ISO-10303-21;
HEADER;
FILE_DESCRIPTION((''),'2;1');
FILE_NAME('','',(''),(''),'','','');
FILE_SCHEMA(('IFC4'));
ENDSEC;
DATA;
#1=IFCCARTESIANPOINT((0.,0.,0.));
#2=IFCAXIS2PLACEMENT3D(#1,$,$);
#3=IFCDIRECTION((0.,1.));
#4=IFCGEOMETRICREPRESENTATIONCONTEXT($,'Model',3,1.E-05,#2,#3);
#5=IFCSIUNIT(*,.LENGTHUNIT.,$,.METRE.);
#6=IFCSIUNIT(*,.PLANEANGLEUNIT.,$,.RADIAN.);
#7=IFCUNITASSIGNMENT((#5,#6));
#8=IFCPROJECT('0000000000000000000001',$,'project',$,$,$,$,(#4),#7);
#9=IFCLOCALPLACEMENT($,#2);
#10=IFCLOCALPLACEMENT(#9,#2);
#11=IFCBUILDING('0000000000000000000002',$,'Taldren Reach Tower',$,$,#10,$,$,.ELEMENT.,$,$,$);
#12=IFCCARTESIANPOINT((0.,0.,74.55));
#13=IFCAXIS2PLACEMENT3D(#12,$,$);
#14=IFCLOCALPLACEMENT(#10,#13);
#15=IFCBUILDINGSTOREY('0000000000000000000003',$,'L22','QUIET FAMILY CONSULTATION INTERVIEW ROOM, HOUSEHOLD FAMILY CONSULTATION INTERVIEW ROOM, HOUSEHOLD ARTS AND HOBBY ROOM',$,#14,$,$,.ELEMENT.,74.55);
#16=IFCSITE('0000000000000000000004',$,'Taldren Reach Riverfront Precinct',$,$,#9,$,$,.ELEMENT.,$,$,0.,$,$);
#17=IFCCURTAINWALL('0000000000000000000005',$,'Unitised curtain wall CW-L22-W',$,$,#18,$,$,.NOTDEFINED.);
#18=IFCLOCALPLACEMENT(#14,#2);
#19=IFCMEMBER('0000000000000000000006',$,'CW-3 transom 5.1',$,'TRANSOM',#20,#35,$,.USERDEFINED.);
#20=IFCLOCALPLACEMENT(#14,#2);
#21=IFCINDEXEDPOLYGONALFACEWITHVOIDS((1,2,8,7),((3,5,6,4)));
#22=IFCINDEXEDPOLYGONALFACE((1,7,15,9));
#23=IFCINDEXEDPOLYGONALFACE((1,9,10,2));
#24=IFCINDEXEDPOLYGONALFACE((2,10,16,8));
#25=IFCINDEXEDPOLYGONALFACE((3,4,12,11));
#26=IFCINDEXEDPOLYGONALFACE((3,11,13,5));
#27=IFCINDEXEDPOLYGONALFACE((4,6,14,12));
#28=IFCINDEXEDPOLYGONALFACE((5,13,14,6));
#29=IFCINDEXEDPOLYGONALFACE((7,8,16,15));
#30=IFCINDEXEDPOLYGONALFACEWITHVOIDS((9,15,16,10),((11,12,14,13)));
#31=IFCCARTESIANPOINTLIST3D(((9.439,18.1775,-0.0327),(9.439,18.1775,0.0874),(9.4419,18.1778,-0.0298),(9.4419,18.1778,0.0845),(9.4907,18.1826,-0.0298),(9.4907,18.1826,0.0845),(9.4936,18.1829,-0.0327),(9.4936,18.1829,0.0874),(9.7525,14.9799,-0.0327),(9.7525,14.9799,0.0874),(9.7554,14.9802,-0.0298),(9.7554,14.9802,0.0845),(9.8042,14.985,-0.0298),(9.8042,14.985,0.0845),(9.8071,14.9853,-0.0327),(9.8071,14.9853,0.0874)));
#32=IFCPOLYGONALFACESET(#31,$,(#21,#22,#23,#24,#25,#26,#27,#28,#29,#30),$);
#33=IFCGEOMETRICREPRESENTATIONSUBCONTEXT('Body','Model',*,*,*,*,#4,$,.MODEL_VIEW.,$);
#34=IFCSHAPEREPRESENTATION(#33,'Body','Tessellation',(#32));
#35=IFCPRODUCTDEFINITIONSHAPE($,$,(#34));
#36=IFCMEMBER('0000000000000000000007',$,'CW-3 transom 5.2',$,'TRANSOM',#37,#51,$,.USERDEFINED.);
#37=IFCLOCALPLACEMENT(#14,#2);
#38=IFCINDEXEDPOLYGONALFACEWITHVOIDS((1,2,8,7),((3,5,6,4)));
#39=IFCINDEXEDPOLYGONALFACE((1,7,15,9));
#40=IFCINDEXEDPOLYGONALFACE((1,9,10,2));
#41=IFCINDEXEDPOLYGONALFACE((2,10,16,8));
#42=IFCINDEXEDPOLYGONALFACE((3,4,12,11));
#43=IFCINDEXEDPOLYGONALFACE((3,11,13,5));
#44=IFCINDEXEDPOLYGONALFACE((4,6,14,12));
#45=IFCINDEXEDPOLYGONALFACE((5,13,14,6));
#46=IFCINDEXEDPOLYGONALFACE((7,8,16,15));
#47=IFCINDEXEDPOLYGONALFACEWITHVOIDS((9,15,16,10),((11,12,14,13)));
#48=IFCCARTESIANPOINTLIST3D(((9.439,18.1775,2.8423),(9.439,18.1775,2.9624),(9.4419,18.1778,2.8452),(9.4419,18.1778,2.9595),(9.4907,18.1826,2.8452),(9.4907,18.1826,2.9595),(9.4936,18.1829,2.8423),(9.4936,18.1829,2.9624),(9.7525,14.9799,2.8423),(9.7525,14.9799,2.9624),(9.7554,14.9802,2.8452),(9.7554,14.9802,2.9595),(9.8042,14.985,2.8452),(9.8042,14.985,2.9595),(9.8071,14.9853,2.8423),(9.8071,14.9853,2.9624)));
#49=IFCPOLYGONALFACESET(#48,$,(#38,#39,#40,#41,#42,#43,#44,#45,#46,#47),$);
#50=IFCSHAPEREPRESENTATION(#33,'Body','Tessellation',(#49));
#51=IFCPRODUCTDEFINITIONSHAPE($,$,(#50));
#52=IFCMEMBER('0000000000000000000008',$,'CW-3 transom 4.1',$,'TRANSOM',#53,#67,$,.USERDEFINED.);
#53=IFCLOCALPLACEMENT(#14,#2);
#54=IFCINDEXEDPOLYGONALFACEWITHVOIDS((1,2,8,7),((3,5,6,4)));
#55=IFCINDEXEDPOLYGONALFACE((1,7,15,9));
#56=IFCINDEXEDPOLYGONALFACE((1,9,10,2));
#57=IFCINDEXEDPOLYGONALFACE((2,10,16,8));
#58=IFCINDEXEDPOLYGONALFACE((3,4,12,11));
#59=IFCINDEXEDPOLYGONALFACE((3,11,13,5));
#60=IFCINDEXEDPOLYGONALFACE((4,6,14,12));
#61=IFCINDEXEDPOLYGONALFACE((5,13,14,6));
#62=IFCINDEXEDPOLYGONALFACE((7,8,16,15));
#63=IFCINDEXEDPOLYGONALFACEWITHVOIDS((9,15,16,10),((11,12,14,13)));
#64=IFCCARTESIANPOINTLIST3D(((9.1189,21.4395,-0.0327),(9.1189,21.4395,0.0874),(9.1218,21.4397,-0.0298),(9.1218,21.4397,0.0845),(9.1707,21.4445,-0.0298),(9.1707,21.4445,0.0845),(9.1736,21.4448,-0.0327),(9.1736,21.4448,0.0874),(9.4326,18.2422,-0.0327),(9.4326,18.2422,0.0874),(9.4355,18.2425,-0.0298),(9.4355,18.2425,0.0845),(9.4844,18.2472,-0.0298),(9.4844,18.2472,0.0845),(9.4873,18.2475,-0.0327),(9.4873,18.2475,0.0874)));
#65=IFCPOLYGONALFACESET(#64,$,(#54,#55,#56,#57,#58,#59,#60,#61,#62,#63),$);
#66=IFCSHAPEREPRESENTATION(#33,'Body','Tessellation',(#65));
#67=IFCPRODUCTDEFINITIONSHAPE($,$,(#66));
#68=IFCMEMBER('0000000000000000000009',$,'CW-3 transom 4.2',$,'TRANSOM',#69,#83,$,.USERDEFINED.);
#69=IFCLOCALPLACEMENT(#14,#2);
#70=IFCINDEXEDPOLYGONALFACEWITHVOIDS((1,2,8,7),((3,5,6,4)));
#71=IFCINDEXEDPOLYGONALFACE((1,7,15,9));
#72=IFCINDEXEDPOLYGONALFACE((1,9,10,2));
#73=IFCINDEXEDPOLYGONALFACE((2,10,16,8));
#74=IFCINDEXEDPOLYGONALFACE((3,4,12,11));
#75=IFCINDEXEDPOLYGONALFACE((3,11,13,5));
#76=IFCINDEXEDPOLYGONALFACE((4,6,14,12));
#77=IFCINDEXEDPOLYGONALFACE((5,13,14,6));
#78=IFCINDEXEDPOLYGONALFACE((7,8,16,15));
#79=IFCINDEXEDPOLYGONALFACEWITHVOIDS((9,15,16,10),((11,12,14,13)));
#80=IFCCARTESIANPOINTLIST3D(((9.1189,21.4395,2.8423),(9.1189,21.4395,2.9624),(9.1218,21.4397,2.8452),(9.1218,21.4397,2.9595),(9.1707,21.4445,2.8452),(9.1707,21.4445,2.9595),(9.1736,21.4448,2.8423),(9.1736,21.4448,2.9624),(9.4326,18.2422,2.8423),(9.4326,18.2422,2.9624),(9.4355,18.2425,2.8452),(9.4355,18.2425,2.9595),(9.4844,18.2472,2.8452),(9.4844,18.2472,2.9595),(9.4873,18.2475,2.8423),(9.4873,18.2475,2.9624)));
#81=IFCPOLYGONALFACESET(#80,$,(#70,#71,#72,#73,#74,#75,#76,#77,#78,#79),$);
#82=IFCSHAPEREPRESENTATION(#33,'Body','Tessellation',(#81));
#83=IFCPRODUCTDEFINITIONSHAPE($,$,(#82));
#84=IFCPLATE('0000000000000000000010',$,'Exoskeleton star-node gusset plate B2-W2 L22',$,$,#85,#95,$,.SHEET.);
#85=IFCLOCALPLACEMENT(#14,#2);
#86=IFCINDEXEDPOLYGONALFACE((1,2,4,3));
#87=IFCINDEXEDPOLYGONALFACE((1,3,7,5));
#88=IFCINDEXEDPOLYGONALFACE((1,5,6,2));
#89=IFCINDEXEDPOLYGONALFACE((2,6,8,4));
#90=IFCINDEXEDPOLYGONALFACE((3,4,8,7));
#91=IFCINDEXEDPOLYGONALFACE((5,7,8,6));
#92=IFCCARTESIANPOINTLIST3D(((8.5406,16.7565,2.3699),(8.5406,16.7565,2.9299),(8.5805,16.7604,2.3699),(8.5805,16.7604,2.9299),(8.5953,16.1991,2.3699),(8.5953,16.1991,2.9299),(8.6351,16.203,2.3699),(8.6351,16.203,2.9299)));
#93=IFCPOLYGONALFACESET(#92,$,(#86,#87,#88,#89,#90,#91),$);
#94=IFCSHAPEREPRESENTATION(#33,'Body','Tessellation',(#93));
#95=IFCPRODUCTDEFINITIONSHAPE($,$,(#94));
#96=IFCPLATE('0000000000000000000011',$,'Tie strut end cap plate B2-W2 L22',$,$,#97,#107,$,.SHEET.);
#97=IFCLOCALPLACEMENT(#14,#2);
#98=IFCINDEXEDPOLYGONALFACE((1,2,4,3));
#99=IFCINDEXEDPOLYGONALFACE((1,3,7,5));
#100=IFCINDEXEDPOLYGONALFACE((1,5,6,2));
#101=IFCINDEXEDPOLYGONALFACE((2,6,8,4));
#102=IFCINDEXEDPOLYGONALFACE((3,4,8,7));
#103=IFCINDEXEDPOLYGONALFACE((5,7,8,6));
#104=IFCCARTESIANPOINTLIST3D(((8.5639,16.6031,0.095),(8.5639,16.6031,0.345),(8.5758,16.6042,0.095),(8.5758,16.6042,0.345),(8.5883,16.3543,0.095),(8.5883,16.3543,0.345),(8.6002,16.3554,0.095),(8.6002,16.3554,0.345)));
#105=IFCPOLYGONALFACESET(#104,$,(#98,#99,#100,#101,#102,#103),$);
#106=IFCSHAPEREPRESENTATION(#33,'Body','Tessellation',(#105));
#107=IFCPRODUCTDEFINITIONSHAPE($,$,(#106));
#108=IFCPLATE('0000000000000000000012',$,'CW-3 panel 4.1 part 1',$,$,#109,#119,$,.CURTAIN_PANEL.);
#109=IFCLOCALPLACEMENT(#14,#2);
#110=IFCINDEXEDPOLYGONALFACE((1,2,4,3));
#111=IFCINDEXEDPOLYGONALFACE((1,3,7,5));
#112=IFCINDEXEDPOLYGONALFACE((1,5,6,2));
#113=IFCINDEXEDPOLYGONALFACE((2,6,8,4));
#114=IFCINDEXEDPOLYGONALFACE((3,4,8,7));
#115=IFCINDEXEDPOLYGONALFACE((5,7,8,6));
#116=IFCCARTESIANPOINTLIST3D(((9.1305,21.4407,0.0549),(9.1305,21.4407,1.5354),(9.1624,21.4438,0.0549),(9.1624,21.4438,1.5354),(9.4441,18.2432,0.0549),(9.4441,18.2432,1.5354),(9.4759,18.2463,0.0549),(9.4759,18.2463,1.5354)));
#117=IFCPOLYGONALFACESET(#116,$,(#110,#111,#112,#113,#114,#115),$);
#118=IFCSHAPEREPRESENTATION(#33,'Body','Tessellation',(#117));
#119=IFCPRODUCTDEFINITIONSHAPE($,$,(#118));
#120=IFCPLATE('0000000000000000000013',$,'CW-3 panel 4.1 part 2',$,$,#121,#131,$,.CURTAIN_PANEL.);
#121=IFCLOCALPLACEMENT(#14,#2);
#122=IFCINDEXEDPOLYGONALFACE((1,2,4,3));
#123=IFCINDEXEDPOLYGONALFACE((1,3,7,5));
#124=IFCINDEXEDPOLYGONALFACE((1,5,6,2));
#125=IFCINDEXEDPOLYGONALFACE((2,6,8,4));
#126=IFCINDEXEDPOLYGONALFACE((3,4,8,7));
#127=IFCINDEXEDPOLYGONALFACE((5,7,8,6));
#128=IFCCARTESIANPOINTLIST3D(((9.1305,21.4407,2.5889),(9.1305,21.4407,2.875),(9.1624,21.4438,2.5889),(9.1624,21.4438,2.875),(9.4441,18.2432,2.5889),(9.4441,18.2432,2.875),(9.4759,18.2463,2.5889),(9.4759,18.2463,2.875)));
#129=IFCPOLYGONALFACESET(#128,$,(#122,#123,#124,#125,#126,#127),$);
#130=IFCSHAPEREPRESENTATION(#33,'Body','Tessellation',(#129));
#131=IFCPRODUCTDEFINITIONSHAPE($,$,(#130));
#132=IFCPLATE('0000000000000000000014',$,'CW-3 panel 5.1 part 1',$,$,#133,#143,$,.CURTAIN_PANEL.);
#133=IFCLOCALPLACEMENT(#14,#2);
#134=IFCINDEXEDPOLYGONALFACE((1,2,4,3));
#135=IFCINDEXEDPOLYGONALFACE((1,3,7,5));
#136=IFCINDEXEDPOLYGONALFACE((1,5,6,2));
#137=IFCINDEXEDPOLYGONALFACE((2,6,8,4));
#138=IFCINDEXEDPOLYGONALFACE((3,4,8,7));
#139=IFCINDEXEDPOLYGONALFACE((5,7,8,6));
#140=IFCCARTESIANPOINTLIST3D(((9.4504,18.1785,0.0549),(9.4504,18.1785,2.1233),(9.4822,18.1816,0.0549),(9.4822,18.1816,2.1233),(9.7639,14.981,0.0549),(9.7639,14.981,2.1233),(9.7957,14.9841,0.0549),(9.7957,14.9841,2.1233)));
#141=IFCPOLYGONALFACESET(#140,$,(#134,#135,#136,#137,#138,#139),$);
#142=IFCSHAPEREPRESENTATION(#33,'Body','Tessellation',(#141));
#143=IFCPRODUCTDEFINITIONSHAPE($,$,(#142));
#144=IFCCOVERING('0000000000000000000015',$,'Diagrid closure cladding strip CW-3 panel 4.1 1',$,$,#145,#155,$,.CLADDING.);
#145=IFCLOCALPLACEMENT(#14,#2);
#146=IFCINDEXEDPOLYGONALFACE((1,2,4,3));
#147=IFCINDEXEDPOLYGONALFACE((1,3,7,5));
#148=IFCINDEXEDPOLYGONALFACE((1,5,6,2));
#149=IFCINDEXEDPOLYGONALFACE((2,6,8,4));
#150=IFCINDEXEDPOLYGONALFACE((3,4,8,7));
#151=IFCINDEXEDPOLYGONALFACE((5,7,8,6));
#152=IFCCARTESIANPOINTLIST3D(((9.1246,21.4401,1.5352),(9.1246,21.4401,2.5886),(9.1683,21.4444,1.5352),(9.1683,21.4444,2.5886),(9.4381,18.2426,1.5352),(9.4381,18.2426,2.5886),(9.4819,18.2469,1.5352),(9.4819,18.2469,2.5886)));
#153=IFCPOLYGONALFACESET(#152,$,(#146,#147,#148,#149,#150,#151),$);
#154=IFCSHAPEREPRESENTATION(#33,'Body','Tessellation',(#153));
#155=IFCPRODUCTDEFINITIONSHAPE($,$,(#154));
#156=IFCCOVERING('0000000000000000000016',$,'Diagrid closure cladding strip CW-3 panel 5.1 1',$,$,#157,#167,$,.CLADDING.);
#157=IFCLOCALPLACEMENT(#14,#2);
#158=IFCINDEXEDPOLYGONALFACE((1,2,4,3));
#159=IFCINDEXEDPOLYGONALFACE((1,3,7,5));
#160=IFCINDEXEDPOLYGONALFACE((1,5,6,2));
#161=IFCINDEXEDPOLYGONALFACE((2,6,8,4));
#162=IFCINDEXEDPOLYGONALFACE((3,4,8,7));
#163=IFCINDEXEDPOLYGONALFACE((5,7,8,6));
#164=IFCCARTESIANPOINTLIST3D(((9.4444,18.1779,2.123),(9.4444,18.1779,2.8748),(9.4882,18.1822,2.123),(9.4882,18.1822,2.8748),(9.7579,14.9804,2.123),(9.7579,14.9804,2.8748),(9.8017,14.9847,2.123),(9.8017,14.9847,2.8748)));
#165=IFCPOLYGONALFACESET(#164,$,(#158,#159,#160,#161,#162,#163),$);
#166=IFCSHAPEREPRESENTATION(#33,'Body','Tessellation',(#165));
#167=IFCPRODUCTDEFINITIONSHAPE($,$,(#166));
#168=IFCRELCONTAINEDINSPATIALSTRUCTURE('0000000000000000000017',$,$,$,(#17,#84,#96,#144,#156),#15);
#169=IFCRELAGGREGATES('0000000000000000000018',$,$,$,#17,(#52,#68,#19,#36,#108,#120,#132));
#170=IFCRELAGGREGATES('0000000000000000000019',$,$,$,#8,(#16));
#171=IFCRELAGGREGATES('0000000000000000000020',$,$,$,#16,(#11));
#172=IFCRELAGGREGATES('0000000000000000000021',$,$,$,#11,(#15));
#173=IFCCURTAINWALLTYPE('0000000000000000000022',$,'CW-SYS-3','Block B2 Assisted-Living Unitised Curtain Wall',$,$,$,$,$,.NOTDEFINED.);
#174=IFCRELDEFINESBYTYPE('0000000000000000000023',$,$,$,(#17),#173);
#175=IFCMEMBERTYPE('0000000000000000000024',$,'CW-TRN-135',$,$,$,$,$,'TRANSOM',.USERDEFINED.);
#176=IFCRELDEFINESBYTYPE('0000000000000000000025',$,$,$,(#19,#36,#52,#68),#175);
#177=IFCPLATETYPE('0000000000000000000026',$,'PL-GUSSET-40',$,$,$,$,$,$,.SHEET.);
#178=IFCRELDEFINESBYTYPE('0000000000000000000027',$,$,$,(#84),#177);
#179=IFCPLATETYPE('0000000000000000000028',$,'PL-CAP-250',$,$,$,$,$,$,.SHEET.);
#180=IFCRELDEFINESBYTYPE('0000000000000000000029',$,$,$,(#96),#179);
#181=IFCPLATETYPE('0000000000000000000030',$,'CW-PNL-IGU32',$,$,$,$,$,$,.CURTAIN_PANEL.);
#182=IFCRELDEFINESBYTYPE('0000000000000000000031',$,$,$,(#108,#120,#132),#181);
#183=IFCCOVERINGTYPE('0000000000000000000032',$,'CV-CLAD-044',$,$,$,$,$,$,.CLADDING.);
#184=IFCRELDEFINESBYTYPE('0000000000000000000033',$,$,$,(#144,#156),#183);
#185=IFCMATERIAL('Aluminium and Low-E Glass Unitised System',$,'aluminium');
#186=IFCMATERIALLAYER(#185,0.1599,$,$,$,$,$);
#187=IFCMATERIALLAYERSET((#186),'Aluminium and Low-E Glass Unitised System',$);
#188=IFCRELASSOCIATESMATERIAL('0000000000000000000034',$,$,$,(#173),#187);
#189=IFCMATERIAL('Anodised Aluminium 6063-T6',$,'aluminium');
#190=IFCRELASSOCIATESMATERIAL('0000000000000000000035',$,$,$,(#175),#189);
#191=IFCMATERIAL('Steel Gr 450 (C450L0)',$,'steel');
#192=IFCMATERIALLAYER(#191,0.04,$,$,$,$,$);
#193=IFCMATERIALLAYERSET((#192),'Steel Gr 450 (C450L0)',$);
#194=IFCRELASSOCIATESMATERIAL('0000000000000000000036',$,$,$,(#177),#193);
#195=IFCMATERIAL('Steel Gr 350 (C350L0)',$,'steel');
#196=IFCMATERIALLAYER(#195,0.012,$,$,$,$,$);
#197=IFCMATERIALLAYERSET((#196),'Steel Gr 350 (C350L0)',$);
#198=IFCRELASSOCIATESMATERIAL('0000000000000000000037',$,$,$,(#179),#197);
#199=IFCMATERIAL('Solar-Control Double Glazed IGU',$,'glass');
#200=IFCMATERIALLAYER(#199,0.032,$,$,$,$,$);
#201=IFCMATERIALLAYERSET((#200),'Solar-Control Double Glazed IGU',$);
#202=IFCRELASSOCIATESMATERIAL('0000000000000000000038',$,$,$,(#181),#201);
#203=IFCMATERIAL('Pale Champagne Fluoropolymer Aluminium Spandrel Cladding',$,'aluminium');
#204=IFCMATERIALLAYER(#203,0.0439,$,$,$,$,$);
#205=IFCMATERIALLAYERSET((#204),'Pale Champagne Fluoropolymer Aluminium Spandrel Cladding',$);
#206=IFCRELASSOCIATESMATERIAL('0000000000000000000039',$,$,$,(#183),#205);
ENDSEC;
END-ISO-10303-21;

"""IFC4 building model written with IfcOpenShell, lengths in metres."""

from ifc_helpers import new_model, si_unit, direction, frame, origin, origin_2d, place, context, subcontext, project, spatial, rectangle, hollow_rectangle, extrude, source, transform, mapped, material, layer, layer_set, material_profile, profile_set, type_object, element, aggregate, save


model = new_model("IFC4")

# Units and contexts
model_context = context("Model", 3, precision=1e-05, world=origin(), true_north=direction((0.0, 1.0)))
body_context = subcontext(model_context, "Body", "Model", "MODEL_VIEW")
ifc_project = project(units=[si_unit("LENGTHUNIT", "METRE"), si_unit("PLANEANGLEUNIT", "RADIAN")], contexts=[model_context])

# Site, building, storey
site_placement = place(None, origin())
site = spatial("IfcSite", under=ifc_project, at=site_placement, Name="Taldren Reach Riverfront Precinct", CompositionType="ELEMENT", RefElevation=0.0)
building_placement = place(site_placement, origin())
building = spatial("IfcBuilding", under=site, at=building_placement, Name="Taldren Reach Tower", CompositionType="ELEMENT")
storey_placement = place(building_placement, frame((0.0, 0.0, 74.55)))
storey = spatial("IfcBuildingStorey", under=building, at=storey_placement, Name="L22", Description="QUIET FAMILY CONSULTATION INTERVIEW ROOM, HOUSEHOLD FAMILY CONSULTATION INTERVIEW ROOM, HOUSEHOLD ARTS AND HOBBY ROOM", CompositionType="ELEMENT", Elevation=74.55)

# Shared definitions
ifc_material_1 = material(Name="Steel Gr 450 (C450L0)", Category="steel")
ifc_material_2 = material(Name="Steel Gr 350 (C350L0)", Category="steel")

# Curtain wall, members
ifc_material_3 = material(Name="Aluminium and Low-E Glass Unitised System", Category="aluminium")
ifc_layer_1 = layer(ifc_material_3, 0.1599)
ifc_layer_set_1 = layer_set([ifc_layer_1], Name="Aluminium and Low-E Glass Unitised System")
curtain_wall_type = type_object("IfcCurtainWallType", Name="CW-SYS-3", Description="Block B2 Assisted-Living Unitised Curtain Wall", PredefinedType="NOTDEFINED", material=ifc_layer_set_1)
curtain_wall_placement = place(storey_placement, origin())
curtain_wall = element("IfcCurtainWall", 1, at=curtain_wall_placement, inside=storey, type_object=curtain_wall_type, Name="Unitised curtain wall CW-L22-W", PredefinedType="NOTDEFINED")
ifc_material_4 = material(Name="Anodised Aluminium 6063-T6", Category="aluminium")
ifc_material_profile_1 = material_profile(ifc_material_4, hollow_rectangle(XDim=0.0549, YDim=0.1201, WallThickness=0.0029, at=origin_2d()), Name="ALU-120x55x3RHS")
ifc_profile_set_1 = profile_set([ifc_material_profile_1], Name="Anodised Aluminium 6063-T6")
member_type_1 = type_object("IfcMemberType", Name="CW-TRN-135", ElementType="TRANSOM", PredefinedType="USERDEFINED", material=ifc_profile_set_1)
shared_shape_1 = source(origin(), body_context, "Body", "SweptSolid", [
    extrude(hollow_rectangle(XDim=0.0549, YDim=0.1201, WallThickness=0.0029, at=origin_2d()), origin(), (0.0, 0.0, 1.0), 3.2129),
])
member_1_placement = place(storey_placement, frame((9.4663, 18.1802, 0.0273), z_axis=(0.09757, -0.995229, 0.0), x_axis=(0.995229, 0.09757, 0.0)))
member_1 = element("IfcMember", 2, at=member_1_placement, type_object=member_type_1, Name="CW-3 transom 5.1", ObjectType="TRANSOM", PredefinedType="USERDEFINED", context=body_context, shape_type="MappedRepresentation", body=[
    mapped(shared_shape_1, transform((0.0, 0.0, 0.0), scale=1.0)),
])
member_2_placement = place(storey_placement, frame((9.4663, 18.1802, 2.9023), z_axis=(0.09757, -0.995229, 0.0), x_axis=(0.995229, 0.09757, 0.0)))
member_2 = element("IfcMember", 3, at=member_2_placement, type_object=member_type_1, Name="CW-3 transom 5.2", ObjectType="TRANSOM", PredefinedType="USERDEFINED", context=body_context, shape_type="MappedRepresentation", body=[
    mapped(shared_shape_1, transform((0.0, 0.0, 0.0), scale=1.0)),
])
shared_shape_2 = source(origin(), body_context, "Body", "SweptSolid", [
    extrude(hollow_rectangle(XDim=0.0549, YDim=0.1201, WallThickness=0.0029, at=origin_2d()), origin(), (0.0, 0.0, 1.0), 3.2126),
])
member_3_placement = place(storey_placement, frame((9.1462, 21.4421, 0.0273), z_axis=(0.097653, -0.995221, 0.0), x_axis=(0.995221, 0.097653, 0.0)))
member_3 = element("IfcMember", 4, at=member_3_placement, type_object=member_type_1, Name="CW-3 transom 4.1", ObjectType="TRANSOM", PredefinedType="USERDEFINED", context=body_context, shape_type="MappedRepresentation", body=[
    mapped(shared_shape_2, transform((0.0, 0.0, 0.0), scale=1.0)),
])
member_4_placement = place(storey_placement, frame((9.1462, 21.4421, 2.9023), z_axis=(0.097653, -0.995221, 0.0), x_axis=(0.995221, 0.097653, 0.0)))
member_4 = element("IfcMember", 5, at=member_4_placement, type_object=member_type_1, Name="CW-3 transom 4.2", ObjectType="TRANSOM", PredefinedType="USERDEFINED", context=body_context, shape_type="MappedRepresentation", body=[
    mapped(shared_shape_2, transform((0.0, 0.0, 0.0), scale=1.0)),
])

# Plates
ifc_layer_2 = layer(ifc_material_1, 0.04)
ifc_layer_set_2 = layer_set([ifc_layer_2], Name="Steel Gr 450 (C450L0)")
plate_type_1 = type_object("IfcPlateType", Name="PL-GUSSET-40", PredefinedType="SHEET", material=ifc_layer_set_2)
shared_shape_3 = source(origin(), body_context, "Body", "SweptSolid", [
    extrude(rectangle(XDim=0.5601, YDim=0.04, at=origin_2d()), origin(), (0.0, 0.0, 1.0), 0.5601),
])
plate_1_placement = place(storey_placement, frame((8.5879, 16.4797, 2.3699), z_axis=(0.0, 0.0, 1.0), x_axis=(-0.097583, 0.995227, 0.0)))
element("IfcPlate", 6, at=plate_1_placement, inside=storey, type_object=plate_type_1, Name="Exoskeleton star-node gusset plate B2-W2 L22", PredefinedType="SHEET", context=body_context, shape_type="MappedRepresentation", body=[
    mapped(shared_shape_3, transform((0.0, 0.0, 0.0), scale=1.0)),
])
ifc_layer_3 = layer(ifc_material_2, 0.012)
ifc_layer_set_3 = layer_set([ifc_layer_3], Name="Steel Gr 350 (C350L0)")
plate_type_2 = type_object("IfcPlateType", Name="PL-CAP-250", PredefinedType="SHEET", material=ifc_layer_set_3)
shared_shape_4 = source(origin(), body_context, "Body", "SweptSolid", [
    extrude(rectangle(XDim=0.012, YDim=0.25, at=origin_2d()), origin(), (0.0, 0.0, 1.0), 0.25),
])
plate_2_placement = place(storey_placement, frame((8.582, 16.4792, 0.095), z_axis=(0.0, 0.0, 1.0), x_axis=(0.995227, 0.097583, 0.0)))
element("IfcPlate", 7, at=plate_2_placement, inside=storey, type_object=plate_type_2, Name="Tie strut end cap plate B2-W2 L22", PredefinedType="SHEET", context=body_context, shape_type="MappedRepresentation", body=[
    mapped(shared_shape_4, transform((0.0, 0.0, 0.0), scale=1.0)),
])

# Plates
ifc_material_5 = material(Name="Solar-Control Double Glazed IGU", Category="glass")
ifc_layer_4 = layer(ifc_material_5, 0.032)
ifc_layer_set_4 = layer_set([ifc_layer_4], Name="Solar-Control Double Glazed IGU")
plate_type_3 = type_object("IfcPlateType", Name="CW-PNL-IGU32", PredefinedType="CURTAIN_PANEL", material=ifc_layer_set_4)
shared_shape_5 = source(origin(), body_context, "Body", "SweptSolid", [
    extrude(rectangle(XDim=3.2129, YDim=0.032, at=origin_2d()), origin(), (0.0, 0.0, 1.0), 1.4805),
])
plate_3_placement = place(storey_placement, frame((9.3032, 19.8435, 0.0549), z_axis=(0.0, 0.0, 1.0), x_axis=(0.097583, -0.995227, 0.0)))
plate_3 = element("IfcPlate", 8, at=plate_3_placement, type_object=plate_type_3, Name="CW-3 panel 4.1 part 1", PredefinedType="CURTAIN_PANEL", context=body_context, shape_type="MappedRepresentation", body=[
    mapped(shared_shape_5, transform((0.0, 0.0, 0.0), scale=1.0)),
])
shared_shape_6 = source(origin(), body_context, "Body", "SweptSolid", [
    extrude(rectangle(XDim=3.2129, YDim=0.032, at=origin_2d()), origin(), (0.0, 0.0, 1.0), 0.2861),
])
plate_4_placement = place(storey_placement, frame((9.3032, 19.8435, 2.5889), z_axis=(0.0, 0.0, 1.0), x_axis=(0.097583, -0.995227, 0.0)))
plate_4 = element("IfcPlate", 9, at=plate_4_placement, type_object=plate_type_3, Name="CW-3 panel 4.1 part 2", PredefinedType="CURTAIN_PANEL", context=body_context, shape_type="MappedRepresentation", body=[
    mapped(shared_shape_6, transform((0.0, 0.0, 0.0), scale=1.0)),
])
shared_shape_7 = source(origin(), body_context, "Body", "SweptSolid", [
    extrude(rectangle(XDim=3.2129, YDim=0.032, at=origin_2d()), origin(), (0.0, 0.0, 1.0), 2.0684),
])
plate_5_placement = place(storey_placement, frame((9.623, 16.5813, 0.0549), z_axis=(0.0, 0.0, 1.0), x_axis=(0.097583, -0.995227, 0.0)))
plate_5 = element("IfcPlate", 10, at=plate_5_placement, type_object=plate_type_3, Name="CW-3 panel 5.1 part 1", PredefinedType="CURTAIN_PANEL", context=body_context, shape_type="MappedRepresentation", body=[
    mapped(shared_shape_7, transform((0.0, 0.0, 0.0), scale=1.0)),
])
aggregate(curtain_wall, [member_3, member_4, member_1, member_2, plate_3, plate_4, plate_5])

# Coverings
ifc_material_6 = material(Name="Pale Champagne Fluoropolymer Aluminium Spandrel Cladding", Category="aluminium")
ifc_layer_5 = layer(ifc_material_6, 0.0439)
ifc_layer_set_5 = layer_set([ifc_layer_5], Name="Pale Champagne Fluoropolymer Aluminium Spandrel Cladding")
covering_type = type_object("IfcCoveringType", Name="CV-CLAD-044", PredefinedType="CLADDING", material=ifc_layer_set_5)
shared_shape_8 = source(origin(), body_context, "Body", "SweptSolid", [
    extrude(rectangle(XDim=3.2129, YDim=0.0439, at=origin_2d()), origin(), (0.0, 0.0, 1.0), 1.0535),
])
covering_1_placement = place(storey_placement, frame((9.3032, 19.8435, 1.5352), z_axis=(0.0, 0.0, 1.0), x_axis=(0.097583, -0.995227, 0.0)))
element("IfcCovering", 11, at=covering_1_placement, inside=storey, type_object=covering_type, Name="Diagrid closure cladding strip CW-3 panel 4.1 1", PredefinedType="CLADDING", context=body_context, shape_type="MappedRepresentation", body=[
    mapped(shared_shape_8, transform((0.0, 0.0, 0.0), scale=1.0)),
])
shared_shape_9 = source(origin(), body_context, "Body", "SweptSolid", [
    extrude(rectangle(XDim=3.2129, YDim=0.0439, at=origin_2d()), origin(), (0.0, 0.0, 1.0), 0.7517),
])
covering_2_placement = place(storey_placement, frame((9.623, 16.5813, 2.123), z_axis=(0.0, 0.0, 1.0), x_axis=(0.097583, -0.995227, 0.0)))
element("IfcCovering", 12, at=covering_2_placement, inside=storey, type_object=covering_type, Name="Diagrid closure cladding strip CW-3 panel 5.1 1", PredefinedType="CLADDING", context=body_context, shape_type="MappedRepresentation", body=[
    mapped(shared_shape_9, transform((0.0, 0.0, 0.0), scale=1.0)),
])

save(model, "model.ifc")
